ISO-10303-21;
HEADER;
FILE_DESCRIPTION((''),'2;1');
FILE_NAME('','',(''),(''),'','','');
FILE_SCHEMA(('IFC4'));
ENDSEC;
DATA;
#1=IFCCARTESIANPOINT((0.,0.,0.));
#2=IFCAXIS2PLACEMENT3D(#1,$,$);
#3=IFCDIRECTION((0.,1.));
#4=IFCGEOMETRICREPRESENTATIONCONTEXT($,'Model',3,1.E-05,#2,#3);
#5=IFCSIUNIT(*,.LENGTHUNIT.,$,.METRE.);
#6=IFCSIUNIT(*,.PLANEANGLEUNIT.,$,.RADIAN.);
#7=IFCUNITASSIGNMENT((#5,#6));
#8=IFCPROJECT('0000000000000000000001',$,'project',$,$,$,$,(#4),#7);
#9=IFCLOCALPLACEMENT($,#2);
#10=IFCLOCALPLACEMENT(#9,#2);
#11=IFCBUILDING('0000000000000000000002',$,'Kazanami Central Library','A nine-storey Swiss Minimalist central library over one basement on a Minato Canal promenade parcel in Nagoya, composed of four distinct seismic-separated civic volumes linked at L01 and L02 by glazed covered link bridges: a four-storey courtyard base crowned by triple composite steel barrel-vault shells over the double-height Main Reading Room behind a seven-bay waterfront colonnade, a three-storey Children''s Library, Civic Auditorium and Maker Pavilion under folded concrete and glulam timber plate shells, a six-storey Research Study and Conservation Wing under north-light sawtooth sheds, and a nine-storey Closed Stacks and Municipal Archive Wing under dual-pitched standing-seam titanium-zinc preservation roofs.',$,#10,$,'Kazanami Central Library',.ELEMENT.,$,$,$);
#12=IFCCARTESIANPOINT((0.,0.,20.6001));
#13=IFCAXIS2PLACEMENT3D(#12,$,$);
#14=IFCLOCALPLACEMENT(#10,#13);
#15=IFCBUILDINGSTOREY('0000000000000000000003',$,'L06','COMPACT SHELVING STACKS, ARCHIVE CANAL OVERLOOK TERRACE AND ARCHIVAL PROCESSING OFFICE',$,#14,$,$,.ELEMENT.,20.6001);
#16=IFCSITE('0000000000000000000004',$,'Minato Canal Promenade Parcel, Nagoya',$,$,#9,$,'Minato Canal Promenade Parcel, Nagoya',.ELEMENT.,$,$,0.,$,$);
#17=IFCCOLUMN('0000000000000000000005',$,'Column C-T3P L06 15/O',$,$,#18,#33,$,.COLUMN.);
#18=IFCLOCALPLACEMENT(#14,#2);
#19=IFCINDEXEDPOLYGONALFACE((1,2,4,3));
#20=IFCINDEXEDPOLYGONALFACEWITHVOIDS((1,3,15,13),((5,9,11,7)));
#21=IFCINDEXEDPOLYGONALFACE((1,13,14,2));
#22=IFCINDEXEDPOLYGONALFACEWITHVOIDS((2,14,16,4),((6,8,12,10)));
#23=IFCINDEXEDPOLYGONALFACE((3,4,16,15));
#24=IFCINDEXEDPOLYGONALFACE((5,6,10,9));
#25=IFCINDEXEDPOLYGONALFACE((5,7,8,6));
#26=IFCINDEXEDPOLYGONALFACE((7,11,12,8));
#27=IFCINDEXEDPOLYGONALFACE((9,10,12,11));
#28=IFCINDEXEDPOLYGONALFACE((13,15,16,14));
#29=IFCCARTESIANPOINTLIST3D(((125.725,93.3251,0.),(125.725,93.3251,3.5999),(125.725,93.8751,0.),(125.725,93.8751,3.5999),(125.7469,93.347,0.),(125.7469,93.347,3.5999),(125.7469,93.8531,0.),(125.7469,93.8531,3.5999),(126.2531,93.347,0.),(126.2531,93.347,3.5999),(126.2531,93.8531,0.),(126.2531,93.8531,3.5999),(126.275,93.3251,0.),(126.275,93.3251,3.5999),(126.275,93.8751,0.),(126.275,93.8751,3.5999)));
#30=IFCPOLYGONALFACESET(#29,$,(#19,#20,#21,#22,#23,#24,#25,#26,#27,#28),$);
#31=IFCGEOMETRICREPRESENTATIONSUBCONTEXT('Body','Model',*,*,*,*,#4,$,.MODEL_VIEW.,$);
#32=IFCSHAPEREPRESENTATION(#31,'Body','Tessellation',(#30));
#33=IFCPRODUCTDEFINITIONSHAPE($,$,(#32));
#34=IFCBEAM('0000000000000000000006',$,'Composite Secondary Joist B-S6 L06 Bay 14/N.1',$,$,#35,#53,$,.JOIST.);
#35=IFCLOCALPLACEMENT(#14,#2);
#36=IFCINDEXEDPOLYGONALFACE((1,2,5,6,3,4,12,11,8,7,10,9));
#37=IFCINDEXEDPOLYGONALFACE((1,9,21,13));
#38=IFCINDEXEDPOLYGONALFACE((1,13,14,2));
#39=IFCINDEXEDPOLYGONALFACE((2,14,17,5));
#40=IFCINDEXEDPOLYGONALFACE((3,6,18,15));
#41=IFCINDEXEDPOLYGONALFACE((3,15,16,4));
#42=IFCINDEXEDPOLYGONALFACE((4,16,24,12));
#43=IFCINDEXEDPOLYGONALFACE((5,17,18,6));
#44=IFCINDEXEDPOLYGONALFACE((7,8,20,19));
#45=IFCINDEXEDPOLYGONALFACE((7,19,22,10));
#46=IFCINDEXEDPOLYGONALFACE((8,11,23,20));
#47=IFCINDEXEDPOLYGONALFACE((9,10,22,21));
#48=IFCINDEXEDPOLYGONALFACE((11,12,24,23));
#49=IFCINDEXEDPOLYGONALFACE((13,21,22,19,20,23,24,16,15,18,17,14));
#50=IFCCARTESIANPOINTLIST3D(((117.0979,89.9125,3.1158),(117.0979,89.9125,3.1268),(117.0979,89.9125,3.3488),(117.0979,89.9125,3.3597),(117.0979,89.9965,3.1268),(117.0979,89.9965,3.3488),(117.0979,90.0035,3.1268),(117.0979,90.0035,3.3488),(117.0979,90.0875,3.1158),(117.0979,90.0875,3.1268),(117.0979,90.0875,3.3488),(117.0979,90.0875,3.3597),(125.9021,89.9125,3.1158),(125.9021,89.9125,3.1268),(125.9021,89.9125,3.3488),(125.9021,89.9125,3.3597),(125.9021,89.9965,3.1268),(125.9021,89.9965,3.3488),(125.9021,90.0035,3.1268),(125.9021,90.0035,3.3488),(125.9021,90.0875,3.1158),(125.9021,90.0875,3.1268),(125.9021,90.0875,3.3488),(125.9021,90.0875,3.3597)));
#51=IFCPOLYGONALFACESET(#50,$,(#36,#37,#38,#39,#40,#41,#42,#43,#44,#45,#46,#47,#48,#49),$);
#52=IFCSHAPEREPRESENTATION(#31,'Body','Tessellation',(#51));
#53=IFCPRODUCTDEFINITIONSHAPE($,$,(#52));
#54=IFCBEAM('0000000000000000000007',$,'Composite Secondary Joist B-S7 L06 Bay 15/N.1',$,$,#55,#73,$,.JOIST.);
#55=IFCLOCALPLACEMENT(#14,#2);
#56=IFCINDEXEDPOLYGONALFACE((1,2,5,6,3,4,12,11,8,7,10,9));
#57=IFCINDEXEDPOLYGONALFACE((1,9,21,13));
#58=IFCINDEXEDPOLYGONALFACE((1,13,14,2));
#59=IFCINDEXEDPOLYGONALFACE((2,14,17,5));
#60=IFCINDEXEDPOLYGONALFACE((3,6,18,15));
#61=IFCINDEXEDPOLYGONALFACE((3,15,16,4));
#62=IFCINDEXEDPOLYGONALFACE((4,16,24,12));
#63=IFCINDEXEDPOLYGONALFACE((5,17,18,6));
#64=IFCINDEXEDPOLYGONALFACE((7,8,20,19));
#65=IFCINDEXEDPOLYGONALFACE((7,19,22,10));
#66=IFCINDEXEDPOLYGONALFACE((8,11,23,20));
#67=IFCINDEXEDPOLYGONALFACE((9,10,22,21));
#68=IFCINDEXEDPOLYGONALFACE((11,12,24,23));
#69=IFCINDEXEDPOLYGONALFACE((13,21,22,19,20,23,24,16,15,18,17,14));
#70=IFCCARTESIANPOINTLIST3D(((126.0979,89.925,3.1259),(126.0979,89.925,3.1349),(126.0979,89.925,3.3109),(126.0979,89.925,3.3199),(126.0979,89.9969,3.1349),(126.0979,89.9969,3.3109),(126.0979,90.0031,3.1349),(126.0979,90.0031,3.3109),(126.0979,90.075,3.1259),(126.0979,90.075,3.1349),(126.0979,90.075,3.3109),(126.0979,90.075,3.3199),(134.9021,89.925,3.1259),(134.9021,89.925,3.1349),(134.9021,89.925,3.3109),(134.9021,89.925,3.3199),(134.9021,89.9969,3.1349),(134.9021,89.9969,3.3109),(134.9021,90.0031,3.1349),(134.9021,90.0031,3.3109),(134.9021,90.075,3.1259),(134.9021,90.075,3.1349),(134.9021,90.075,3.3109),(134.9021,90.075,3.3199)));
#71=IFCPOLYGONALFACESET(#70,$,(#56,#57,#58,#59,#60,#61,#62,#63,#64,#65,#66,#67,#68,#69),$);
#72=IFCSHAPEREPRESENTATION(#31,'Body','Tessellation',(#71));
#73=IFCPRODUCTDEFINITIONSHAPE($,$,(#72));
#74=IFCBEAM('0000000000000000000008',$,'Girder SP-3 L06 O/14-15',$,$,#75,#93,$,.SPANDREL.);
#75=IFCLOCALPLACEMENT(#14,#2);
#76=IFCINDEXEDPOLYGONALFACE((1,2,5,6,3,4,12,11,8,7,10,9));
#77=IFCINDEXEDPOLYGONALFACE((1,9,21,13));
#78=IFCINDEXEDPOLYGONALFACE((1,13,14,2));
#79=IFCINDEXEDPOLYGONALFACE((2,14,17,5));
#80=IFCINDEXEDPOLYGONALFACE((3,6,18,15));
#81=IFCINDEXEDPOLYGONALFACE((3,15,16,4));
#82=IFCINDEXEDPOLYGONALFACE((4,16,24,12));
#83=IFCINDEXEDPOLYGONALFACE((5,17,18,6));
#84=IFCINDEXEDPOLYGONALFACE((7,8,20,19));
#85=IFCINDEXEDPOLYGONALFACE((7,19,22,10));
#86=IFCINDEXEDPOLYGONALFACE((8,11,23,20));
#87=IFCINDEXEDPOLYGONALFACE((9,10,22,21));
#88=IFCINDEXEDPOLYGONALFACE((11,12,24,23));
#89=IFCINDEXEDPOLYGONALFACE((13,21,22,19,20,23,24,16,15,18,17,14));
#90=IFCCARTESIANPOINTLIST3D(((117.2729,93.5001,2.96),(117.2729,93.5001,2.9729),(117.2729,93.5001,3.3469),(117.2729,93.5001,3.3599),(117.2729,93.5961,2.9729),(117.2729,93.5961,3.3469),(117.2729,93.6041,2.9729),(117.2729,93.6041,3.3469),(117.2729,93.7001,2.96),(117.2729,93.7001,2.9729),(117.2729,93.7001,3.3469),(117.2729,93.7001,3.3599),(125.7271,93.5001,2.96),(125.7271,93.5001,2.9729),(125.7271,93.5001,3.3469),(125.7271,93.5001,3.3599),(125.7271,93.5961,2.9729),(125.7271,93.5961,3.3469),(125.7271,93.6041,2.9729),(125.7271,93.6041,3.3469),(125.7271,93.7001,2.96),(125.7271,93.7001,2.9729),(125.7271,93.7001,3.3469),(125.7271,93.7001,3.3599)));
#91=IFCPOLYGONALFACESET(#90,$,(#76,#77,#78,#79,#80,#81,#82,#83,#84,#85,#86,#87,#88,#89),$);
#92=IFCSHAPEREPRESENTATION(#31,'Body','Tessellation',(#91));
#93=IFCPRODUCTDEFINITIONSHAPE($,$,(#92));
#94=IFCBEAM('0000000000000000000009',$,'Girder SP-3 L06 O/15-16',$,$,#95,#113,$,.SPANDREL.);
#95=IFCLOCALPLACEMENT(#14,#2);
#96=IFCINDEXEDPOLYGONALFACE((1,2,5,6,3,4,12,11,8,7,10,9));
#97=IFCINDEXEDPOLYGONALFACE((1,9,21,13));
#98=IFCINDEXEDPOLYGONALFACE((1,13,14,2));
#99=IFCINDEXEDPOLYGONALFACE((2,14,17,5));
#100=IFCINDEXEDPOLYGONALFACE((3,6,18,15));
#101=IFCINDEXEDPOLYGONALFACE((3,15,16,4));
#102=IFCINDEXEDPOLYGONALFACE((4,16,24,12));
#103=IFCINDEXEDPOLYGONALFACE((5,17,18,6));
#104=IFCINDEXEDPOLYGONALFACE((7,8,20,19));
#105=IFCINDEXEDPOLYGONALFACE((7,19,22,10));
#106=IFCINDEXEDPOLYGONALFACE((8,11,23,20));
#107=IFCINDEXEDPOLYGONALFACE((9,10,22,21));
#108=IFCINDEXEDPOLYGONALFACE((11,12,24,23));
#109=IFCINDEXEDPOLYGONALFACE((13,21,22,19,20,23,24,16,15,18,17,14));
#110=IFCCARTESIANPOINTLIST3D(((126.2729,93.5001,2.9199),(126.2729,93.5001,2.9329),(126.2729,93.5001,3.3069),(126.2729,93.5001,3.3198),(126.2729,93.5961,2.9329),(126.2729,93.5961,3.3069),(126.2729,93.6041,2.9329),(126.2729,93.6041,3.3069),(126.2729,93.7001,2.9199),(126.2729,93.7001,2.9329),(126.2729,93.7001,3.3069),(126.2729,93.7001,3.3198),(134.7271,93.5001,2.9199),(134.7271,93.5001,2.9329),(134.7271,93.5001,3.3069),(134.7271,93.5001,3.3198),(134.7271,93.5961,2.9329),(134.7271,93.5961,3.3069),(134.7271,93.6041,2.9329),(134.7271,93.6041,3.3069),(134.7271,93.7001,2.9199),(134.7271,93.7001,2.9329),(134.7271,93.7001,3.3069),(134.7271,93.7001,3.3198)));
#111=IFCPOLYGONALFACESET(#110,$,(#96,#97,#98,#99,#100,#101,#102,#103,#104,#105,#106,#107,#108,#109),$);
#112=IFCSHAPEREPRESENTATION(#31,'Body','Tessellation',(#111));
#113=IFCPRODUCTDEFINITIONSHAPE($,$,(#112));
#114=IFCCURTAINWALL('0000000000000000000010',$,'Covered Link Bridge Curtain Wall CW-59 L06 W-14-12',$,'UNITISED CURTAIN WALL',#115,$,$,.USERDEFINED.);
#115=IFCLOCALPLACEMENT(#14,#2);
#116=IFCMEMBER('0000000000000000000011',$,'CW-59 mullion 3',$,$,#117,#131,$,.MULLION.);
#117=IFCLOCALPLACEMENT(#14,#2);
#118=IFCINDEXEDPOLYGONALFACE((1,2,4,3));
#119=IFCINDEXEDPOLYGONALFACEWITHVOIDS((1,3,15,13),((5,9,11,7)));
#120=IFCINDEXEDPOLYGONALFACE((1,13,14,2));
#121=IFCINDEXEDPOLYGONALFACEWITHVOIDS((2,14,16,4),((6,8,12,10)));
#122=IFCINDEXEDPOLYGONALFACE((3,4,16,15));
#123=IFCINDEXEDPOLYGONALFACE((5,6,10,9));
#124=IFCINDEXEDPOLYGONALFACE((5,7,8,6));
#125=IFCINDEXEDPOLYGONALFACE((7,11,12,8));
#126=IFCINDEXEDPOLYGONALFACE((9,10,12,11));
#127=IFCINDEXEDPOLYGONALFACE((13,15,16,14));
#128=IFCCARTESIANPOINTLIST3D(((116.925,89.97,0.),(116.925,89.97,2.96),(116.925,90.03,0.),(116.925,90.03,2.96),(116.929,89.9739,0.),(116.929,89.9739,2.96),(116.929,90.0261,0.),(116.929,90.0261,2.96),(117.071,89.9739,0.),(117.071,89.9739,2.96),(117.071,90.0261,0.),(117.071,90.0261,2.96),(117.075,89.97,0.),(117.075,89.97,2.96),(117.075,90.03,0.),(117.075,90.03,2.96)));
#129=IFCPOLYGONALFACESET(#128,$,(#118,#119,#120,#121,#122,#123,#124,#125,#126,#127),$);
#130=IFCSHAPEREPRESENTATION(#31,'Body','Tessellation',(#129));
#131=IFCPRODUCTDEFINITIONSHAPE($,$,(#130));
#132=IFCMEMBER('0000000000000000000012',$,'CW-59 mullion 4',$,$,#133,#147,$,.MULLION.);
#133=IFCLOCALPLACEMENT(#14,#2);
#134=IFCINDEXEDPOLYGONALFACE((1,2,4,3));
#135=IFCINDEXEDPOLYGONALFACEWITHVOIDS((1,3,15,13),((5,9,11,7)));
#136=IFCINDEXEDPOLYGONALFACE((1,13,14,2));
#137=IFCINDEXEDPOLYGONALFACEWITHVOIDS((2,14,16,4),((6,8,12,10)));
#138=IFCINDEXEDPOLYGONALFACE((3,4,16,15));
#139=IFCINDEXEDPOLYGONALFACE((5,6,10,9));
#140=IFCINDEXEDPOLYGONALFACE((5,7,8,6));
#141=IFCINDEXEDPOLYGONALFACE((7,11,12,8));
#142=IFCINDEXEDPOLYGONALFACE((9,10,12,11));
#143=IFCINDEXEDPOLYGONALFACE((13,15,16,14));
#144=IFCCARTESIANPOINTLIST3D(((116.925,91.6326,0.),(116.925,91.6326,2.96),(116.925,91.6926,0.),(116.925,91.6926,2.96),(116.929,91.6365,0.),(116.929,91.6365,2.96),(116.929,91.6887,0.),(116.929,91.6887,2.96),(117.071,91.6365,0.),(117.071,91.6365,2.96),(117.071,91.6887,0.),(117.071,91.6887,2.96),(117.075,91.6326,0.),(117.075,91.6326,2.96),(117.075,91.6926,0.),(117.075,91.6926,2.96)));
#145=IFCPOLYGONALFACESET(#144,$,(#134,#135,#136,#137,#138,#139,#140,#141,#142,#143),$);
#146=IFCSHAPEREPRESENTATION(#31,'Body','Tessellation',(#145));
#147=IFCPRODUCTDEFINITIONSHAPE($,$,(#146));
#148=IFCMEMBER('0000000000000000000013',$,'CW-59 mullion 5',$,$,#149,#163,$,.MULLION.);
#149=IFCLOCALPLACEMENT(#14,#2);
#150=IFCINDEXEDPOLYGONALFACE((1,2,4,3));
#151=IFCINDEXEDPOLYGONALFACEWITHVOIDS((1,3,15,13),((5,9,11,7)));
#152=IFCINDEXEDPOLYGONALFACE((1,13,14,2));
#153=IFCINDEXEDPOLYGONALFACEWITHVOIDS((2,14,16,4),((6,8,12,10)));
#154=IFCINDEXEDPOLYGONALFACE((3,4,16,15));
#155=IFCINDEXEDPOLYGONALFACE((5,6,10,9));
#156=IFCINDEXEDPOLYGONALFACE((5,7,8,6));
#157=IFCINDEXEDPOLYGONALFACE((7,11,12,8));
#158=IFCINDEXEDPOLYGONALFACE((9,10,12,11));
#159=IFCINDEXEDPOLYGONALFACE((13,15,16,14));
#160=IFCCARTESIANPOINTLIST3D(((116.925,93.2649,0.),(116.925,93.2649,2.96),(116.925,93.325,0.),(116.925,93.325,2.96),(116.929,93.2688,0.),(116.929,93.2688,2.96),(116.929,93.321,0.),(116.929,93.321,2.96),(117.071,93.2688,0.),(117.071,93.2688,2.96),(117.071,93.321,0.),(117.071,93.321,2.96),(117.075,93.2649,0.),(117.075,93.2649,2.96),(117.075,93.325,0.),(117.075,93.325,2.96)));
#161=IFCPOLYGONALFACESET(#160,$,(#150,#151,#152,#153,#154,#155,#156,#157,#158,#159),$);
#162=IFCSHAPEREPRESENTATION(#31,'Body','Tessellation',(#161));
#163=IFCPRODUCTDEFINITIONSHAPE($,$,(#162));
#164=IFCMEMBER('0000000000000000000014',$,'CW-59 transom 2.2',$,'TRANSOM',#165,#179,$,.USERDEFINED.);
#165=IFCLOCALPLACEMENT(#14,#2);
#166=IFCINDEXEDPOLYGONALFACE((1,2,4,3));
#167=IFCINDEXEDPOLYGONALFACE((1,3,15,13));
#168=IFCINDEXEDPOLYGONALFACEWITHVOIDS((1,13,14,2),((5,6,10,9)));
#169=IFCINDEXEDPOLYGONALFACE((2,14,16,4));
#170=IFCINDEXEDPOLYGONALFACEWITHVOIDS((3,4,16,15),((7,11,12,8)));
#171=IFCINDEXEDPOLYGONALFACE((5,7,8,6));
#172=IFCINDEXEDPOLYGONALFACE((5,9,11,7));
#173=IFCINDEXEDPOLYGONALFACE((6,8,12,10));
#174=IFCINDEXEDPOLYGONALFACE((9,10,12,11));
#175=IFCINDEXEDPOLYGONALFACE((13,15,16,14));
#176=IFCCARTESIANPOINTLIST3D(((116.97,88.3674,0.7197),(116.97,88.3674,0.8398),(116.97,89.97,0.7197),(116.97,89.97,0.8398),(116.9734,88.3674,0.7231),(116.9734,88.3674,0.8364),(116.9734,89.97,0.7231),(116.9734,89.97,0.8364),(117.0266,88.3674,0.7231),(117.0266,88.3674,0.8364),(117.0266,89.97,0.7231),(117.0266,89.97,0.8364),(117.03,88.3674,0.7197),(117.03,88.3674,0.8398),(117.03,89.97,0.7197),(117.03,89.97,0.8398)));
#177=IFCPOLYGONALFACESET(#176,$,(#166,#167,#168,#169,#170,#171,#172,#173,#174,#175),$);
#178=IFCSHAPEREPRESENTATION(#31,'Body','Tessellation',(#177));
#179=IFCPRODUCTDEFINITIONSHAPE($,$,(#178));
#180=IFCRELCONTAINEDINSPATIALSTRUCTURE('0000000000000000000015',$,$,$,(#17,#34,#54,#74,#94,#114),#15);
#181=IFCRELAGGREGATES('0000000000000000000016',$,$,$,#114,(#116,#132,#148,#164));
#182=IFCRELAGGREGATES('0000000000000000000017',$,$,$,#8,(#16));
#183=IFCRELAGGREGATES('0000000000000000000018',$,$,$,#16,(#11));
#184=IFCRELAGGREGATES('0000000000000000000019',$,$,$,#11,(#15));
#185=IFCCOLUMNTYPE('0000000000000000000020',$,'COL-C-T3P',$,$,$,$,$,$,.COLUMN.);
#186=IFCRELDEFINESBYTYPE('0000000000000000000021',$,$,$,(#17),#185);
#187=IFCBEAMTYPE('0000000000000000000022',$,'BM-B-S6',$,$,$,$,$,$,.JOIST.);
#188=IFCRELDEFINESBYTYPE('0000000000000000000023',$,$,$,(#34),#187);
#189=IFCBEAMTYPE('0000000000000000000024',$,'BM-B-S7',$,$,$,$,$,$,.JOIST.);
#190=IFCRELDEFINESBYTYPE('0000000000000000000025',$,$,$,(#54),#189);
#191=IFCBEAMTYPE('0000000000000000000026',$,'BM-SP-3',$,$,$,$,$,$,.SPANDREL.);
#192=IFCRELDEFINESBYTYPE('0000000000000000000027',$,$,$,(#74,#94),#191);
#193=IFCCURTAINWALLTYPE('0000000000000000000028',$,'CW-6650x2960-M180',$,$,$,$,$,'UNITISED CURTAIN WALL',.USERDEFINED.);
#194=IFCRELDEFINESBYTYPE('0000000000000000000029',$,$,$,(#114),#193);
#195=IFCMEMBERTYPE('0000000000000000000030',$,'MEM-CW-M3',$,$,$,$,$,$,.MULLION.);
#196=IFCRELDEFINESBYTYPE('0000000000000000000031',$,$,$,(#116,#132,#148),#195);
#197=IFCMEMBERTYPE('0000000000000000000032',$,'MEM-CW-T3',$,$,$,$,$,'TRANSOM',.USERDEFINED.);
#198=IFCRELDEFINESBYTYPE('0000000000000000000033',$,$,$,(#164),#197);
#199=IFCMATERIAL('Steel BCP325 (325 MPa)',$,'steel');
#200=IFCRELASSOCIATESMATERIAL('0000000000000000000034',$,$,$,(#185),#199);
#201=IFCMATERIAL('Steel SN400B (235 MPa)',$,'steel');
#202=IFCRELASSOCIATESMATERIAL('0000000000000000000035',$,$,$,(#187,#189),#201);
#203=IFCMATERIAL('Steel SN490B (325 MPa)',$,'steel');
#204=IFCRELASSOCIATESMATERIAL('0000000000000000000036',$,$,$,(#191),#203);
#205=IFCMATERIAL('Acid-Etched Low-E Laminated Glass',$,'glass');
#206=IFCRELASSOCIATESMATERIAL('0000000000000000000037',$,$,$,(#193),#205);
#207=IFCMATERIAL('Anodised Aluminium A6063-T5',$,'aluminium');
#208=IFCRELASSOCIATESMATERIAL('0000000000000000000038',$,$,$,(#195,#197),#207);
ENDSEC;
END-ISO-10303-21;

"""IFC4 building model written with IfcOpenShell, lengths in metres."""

from ifc_helpers import new_model, si_unit, direction, frame, origin, origin_2d, place, context, subcontext, project, spatial, hollow_rectangle, i_section, extrude, material, material_profile, profile_set, type_object, element, aggregate, save


model = new_model("IFC4")

# Units and contexts
model_context = context("Model", 3, precision=1e-05, world=origin(), true_north=direction((0.0, 1.0)))
body_context = subcontext(model_context, "Body", "Model", "MODEL_VIEW")
ifc_project = project(units=[si_unit("LENGTHUNIT", "METRE"), si_unit("PLANEANGLEUNIT", "RADIAN")], contexts=[model_context])

# Site, building, storey
site_placement = place(None, origin())
site = spatial("IfcSite", under=ifc_project, at=site_placement, Name="Minato Canal Promenade Parcel, Nagoya", LongName="Minato Canal Promenade Parcel, Nagoya", CompositionType="ELEMENT", RefElevation=0.0)
building_placement = place(site_placement, origin())
building = spatial("IfcBuilding", under=site, at=building_placement, Name="Kazanami Central Library", Description="A nine-storey Swiss Minimalist central library over one basement on a Minato Canal promenade parcel in Nagoya, composed of four distinct seismic-separated civic volumes linked at L01 and L02 by glazed covered link bridges: a four-storey courtyard base crowned by triple composite steel barrel-vault shells over the double-height Main Reading Room behind a seven-bay waterfront colonnade, a three-storey Children's Library, Civic Auditorium and Maker Pavilion under folded concrete and glulam timber plate shells, a six-storey Research Study and Conservation Wing under north-light sawtooth sheds, and a nine-storey Closed Stacks and Municipal Archive Wing under dual-pitched standing-seam titanium-zinc preservation roofs.", LongName="Kazanami Central Library", CompositionType="ELEMENT")
storey_placement = place(building_placement, frame((0.0, 0.0, 20.6001)))
storey = spatial("IfcBuildingStorey", under=building, at=storey_placement, Name="L06", Description="COMPACT SHELVING STACKS, ARCHIVE CANAL OVERLOOK TERRACE AND ARCHIVAL PROCESSING OFFICE", CompositionType="ELEMENT", Elevation=20.6001)

# Column
ifc_material_1 = material(Name="Steel BCP325 (325 MPa)", Category="steel")
ifc_material_profile_1 = material_profile(ifc_material_1, hollow_rectangle(XDim=0.55, YDim=0.55, WallThickness=0.022, at=origin_2d()), Name="BCP-550x550x22")
ifc_profile_set_1 = profile_set([ifc_material_profile_1], Name="Steel BCP325 (325 MPa)")
column_type = type_object("IfcColumnType", Name="COL-C-T3P", PredefinedType="COLUMN", material=ifc_profile_set_1)
column_placement = place(storey_placement, frame((126.0, 93.6001, 0.0), z_axis=(0.0, 0.0, 1.0), x_axis=(1.0, 0.0, 0.0)))
element("IfcColumn", 1, at=column_placement, inside=storey, type_object=column_type, Name="Column C-T3P L06 15/O", PredefinedType="COLUMN", context=body_context, shape_type="SweptSolid", body=[
    extrude(hollow_rectangle(XDim=0.55, YDim=0.55, WallThickness=0.022, at=origin_2d()), origin(), (0.0, 0.0, 1.0), 3.5999),
])

# Beams
ifc_material_2 = material(Name="Steel SN400B (235 MPa)", Category="steel")
ifc_material_profile_2 = material_profile(ifc_material_2, i_section(OverallWidth=0.175, OverallDepth=0.2439, WebThickness=0.0071, FlangeThickness=0.011, at=origin_2d()), Name="H-244x175x7x11")
ifc_profile_set_2 = profile_set([ifc_material_profile_2], Name="Steel SN400B (235 MPa)")
beam_type_1 = type_object("IfcBeamType", Name="BM-B-S6", PredefinedType="JOIST", material=ifc_profile_set_2)
beam_1_placement = place(storey_placement, frame((117.0979, 90.0, 3.2378), z_axis=(1.0, 0.0, 0.0), x_axis=(0.0, 1.0, 0.0)))
element("IfcBeam", 2, at=beam_1_placement, inside=storey, type_object=beam_type_1, Name="Composite Secondary Joist B-S6 L06 Bay 14/N.1", PredefinedType="JOIST", context=body_context, shape_type="SweptSolid", body=[
    extrude(i_section(OverallWidth=0.175, OverallDepth=0.2439, WebThickness=0.0071, FlangeThickness=0.011, at=origin_2d()), origin(), (0.0, 0.0, 1.0), 8.8042),
])
ifc_material_profile_3 = material_profile(ifc_material_2, i_section(OverallWidth=0.1499, OverallDepth=0.1941, WebThickness=0.0061, FlangeThickness=0.009, at=origin_2d()), Name="H-194x150x6x9")
ifc_profile_set_3 = profile_set([ifc_material_profile_3], Name="Steel SN400B (235 MPa)")
beam_type_2 = type_object("IfcBeamType", Name="BM-B-S7", PredefinedType="JOIST", material=ifc_profile_set_3)
beam_2_placement = place(storey_placement, frame((126.0979, 90.0, 3.2229), z_axis=(1.0, 0.0, 0.0), x_axis=(0.0, 1.0, 0.0)))
element("IfcBeam", 3, at=beam_2_placement, inside=storey, type_object=beam_type_2, Name="Composite Secondary Joist B-S7 L06 Bay 15/N.1", PredefinedType="JOIST", context=body_context, shape_type="SweptSolid", body=[
    extrude(i_section(OverallWidth=0.1499, OverallDepth=0.1941, WebThickness=0.0061, FlangeThickness=0.009, at=origin_2d()), origin(), (0.0, 0.0, 1.0), 8.8042),
])
ifc_material_3 = material(Name="Steel SN490B (325 MPa)", Category="steel")
ifc_material_profile_4 = material_profile(ifc_material_3, i_section(OverallWidth=0.2, OverallDepth=0.3999, WebThickness=0.0081, FlangeThickness=0.0129, at=origin_2d()), Name="H-400x200x8x13")
ifc_profile_set_4 = profile_set([ifc_material_profile_4], Name="Steel SN490B (325 MPa)")
beam_type_3 = type_object("IfcBeamType", Name="BM-SP-3", PredefinedType="SPANDREL", material=ifc_profile_set_4)
for number, where, z_axis, x_axis, name in (
    (4, (117.2729, 93.6001, 3.1599), (1.0, 0.0, 0.0), (0.0, 1.0, 0.0), "Girder SP-3 L06 O/14-15"),
    (5, (126.2729, 93.6001, 3.1199), (1.0, 0.0, 0.0), (0.0, 1.0, 0.0), "Girder SP-3 L06 O/15-16"),
):
    element("IfcBeam", number, at=place(storey_placement, frame(where, z_axis=z_axis, x_axis=x_axis)), inside=storey, type_object=beam_type_3, Name=name, PredefinedType="SPANDREL", context=body_context, shape_type="SweptSolid", body=[
        extrude(i_section(OverallWidth=0.2, OverallDepth=0.3999, WebThickness=0.0081, FlangeThickness=0.0129, at=origin_2d()), origin(), (0.0, 0.0, 1.0), 8.4541),
    ])

# Curtain wall, members
ifc_material_4 = material(Name="Acid-Etched Low-E Laminated Glass", Category="glass")
curtain_wall_type = type_object("IfcCurtainWallType", Name="CW-6650x2960-M180", ElementType="UNITISED CURTAIN WALL", PredefinedType="USERDEFINED", material=ifc_material_4)
curtain_wall_placement = place(storey_placement, origin())
curtain_wall = element("IfcCurtainWall", 6, at=curtain_wall_placement, inside=storey, type_object=curtain_wall_type, Name="Covered Link Bridge Curtain Wall CW-59 L06 W-14-12", ObjectType="UNITISED CURTAIN WALL", PredefinedType="USERDEFINED")
ifc_material_5 = material(Name="Anodised Aluminium A6063-T5", Category="aluminium")
ifc_material_profile_5 = material_profile(ifc_material_5, hollow_rectangle(XDim=0.0601, YDim=0.1499, WallThickness=0.0039, at=origin_2d()), Name="ALU-MULL-60x150x4")
ifc_profile_set_5 = profile_set([ifc_material_profile_5], Name="Anodised Aluminium A6063-T5")
member_type_1 = type_object("IfcMemberType", Name="MEM-CW-M3", PredefinedType="MULLION", material=ifc_profile_set_5)
member_1_placement = place(storey_placement, frame((117.0, 90.0, 0.0), z_axis=(0.0, 0.0, 1.0), x_axis=(0.0, 1.0, 0.0)))
member_1 = element("IfcMember", 7, at=member_1_placement, type_object=member_type_1, Name="CW-59 mullion 3", PredefinedType="MULLION", context=body_context, shape_type="SweptSolid", body=[
    extrude(hollow_rectangle(XDim=0.0601, YDim=0.1499, WallThickness=0.0039, at=origin_2d()), origin(), (0.0, 0.0, 1.0), 2.96),
])
member_2_placement = place(storey_placement, frame((117.0, 91.6626, 0.0), z_axis=(0.0, 0.0, 1.0), x_axis=(0.0, 1.0, 0.0)))
member_2 = element("IfcMember", 8, at=member_2_placement, type_object=member_type_1, Name="CW-59 mullion 4", PredefinedType="MULLION", context=body_context, shape_type="SweptSolid", body=[
    extrude(hollow_rectangle(XDim=0.0601, YDim=0.1499, WallThickness=0.0039, at=origin_2d()), origin(), (0.0, 0.0, 1.0), 2.96),
])
member_3_placement = place(storey_placement, frame((117.0, 93.2949, 0.0), z_axis=(0.0, 0.0, 1.0), x_axis=(0.0, 1.0, 0.0)))
member_3 = element("IfcMember", 9, at=member_3_placement, type_object=member_type_1, Name="CW-59 mullion 5", PredefinedType="MULLION", context=body_context, shape_type="SweptSolid", body=[
    extrude(hollow_rectangle(XDim=0.0601, YDim=0.1499, WallThickness=0.0039, at=origin_2d()), origin(), (0.0, 0.0, 1.0), 2.96),
])
ifc_material_profile_6 = material_profile(ifc_material_5, hollow_rectangle(XDim=0.0601, YDim=0.1201, WallThickness=0.0034, at=origin_2d()), Name="ALU-TRAN-60x120x3.5")
ifc_profile_set_6 = profile_set([ifc_material_profile_6], Name="Anodised Aluminium A6063-T5")
member_type_2 = type_object("IfcMemberType", Name="MEM-CW-T3", ElementType="TRANSOM", PredefinedType="USERDEFINED", material=ifc_profile_set_6)
member_4_placement = place(storey_placement, frame((117.0, 88.3674, 0.7798), z_axis=(0.0, 1.0, 0.0), x_axis=(-1.0, 0.0, 0.0)))
member_4 = element("IfcMember", 10, at=member_4_placement, type_object=member_type_2, Name="CW-59 transom 2.2", ObjectType="TRANSOM", PredefinedType="USERDEFINED", context=body_context, shape_type="SweptSolid", body=[
    extrude(hollow_rectangle(XDim=0.0601, YDim=0.1201, WallThickness=0.0034, at=origin_2d()), origin(), (0.0, 0.0, 1.0), 1.6025),
])
aggregate(curtain_wall, [member_1, member_2, member_3, member_4])

save(model, "model.ifc")
